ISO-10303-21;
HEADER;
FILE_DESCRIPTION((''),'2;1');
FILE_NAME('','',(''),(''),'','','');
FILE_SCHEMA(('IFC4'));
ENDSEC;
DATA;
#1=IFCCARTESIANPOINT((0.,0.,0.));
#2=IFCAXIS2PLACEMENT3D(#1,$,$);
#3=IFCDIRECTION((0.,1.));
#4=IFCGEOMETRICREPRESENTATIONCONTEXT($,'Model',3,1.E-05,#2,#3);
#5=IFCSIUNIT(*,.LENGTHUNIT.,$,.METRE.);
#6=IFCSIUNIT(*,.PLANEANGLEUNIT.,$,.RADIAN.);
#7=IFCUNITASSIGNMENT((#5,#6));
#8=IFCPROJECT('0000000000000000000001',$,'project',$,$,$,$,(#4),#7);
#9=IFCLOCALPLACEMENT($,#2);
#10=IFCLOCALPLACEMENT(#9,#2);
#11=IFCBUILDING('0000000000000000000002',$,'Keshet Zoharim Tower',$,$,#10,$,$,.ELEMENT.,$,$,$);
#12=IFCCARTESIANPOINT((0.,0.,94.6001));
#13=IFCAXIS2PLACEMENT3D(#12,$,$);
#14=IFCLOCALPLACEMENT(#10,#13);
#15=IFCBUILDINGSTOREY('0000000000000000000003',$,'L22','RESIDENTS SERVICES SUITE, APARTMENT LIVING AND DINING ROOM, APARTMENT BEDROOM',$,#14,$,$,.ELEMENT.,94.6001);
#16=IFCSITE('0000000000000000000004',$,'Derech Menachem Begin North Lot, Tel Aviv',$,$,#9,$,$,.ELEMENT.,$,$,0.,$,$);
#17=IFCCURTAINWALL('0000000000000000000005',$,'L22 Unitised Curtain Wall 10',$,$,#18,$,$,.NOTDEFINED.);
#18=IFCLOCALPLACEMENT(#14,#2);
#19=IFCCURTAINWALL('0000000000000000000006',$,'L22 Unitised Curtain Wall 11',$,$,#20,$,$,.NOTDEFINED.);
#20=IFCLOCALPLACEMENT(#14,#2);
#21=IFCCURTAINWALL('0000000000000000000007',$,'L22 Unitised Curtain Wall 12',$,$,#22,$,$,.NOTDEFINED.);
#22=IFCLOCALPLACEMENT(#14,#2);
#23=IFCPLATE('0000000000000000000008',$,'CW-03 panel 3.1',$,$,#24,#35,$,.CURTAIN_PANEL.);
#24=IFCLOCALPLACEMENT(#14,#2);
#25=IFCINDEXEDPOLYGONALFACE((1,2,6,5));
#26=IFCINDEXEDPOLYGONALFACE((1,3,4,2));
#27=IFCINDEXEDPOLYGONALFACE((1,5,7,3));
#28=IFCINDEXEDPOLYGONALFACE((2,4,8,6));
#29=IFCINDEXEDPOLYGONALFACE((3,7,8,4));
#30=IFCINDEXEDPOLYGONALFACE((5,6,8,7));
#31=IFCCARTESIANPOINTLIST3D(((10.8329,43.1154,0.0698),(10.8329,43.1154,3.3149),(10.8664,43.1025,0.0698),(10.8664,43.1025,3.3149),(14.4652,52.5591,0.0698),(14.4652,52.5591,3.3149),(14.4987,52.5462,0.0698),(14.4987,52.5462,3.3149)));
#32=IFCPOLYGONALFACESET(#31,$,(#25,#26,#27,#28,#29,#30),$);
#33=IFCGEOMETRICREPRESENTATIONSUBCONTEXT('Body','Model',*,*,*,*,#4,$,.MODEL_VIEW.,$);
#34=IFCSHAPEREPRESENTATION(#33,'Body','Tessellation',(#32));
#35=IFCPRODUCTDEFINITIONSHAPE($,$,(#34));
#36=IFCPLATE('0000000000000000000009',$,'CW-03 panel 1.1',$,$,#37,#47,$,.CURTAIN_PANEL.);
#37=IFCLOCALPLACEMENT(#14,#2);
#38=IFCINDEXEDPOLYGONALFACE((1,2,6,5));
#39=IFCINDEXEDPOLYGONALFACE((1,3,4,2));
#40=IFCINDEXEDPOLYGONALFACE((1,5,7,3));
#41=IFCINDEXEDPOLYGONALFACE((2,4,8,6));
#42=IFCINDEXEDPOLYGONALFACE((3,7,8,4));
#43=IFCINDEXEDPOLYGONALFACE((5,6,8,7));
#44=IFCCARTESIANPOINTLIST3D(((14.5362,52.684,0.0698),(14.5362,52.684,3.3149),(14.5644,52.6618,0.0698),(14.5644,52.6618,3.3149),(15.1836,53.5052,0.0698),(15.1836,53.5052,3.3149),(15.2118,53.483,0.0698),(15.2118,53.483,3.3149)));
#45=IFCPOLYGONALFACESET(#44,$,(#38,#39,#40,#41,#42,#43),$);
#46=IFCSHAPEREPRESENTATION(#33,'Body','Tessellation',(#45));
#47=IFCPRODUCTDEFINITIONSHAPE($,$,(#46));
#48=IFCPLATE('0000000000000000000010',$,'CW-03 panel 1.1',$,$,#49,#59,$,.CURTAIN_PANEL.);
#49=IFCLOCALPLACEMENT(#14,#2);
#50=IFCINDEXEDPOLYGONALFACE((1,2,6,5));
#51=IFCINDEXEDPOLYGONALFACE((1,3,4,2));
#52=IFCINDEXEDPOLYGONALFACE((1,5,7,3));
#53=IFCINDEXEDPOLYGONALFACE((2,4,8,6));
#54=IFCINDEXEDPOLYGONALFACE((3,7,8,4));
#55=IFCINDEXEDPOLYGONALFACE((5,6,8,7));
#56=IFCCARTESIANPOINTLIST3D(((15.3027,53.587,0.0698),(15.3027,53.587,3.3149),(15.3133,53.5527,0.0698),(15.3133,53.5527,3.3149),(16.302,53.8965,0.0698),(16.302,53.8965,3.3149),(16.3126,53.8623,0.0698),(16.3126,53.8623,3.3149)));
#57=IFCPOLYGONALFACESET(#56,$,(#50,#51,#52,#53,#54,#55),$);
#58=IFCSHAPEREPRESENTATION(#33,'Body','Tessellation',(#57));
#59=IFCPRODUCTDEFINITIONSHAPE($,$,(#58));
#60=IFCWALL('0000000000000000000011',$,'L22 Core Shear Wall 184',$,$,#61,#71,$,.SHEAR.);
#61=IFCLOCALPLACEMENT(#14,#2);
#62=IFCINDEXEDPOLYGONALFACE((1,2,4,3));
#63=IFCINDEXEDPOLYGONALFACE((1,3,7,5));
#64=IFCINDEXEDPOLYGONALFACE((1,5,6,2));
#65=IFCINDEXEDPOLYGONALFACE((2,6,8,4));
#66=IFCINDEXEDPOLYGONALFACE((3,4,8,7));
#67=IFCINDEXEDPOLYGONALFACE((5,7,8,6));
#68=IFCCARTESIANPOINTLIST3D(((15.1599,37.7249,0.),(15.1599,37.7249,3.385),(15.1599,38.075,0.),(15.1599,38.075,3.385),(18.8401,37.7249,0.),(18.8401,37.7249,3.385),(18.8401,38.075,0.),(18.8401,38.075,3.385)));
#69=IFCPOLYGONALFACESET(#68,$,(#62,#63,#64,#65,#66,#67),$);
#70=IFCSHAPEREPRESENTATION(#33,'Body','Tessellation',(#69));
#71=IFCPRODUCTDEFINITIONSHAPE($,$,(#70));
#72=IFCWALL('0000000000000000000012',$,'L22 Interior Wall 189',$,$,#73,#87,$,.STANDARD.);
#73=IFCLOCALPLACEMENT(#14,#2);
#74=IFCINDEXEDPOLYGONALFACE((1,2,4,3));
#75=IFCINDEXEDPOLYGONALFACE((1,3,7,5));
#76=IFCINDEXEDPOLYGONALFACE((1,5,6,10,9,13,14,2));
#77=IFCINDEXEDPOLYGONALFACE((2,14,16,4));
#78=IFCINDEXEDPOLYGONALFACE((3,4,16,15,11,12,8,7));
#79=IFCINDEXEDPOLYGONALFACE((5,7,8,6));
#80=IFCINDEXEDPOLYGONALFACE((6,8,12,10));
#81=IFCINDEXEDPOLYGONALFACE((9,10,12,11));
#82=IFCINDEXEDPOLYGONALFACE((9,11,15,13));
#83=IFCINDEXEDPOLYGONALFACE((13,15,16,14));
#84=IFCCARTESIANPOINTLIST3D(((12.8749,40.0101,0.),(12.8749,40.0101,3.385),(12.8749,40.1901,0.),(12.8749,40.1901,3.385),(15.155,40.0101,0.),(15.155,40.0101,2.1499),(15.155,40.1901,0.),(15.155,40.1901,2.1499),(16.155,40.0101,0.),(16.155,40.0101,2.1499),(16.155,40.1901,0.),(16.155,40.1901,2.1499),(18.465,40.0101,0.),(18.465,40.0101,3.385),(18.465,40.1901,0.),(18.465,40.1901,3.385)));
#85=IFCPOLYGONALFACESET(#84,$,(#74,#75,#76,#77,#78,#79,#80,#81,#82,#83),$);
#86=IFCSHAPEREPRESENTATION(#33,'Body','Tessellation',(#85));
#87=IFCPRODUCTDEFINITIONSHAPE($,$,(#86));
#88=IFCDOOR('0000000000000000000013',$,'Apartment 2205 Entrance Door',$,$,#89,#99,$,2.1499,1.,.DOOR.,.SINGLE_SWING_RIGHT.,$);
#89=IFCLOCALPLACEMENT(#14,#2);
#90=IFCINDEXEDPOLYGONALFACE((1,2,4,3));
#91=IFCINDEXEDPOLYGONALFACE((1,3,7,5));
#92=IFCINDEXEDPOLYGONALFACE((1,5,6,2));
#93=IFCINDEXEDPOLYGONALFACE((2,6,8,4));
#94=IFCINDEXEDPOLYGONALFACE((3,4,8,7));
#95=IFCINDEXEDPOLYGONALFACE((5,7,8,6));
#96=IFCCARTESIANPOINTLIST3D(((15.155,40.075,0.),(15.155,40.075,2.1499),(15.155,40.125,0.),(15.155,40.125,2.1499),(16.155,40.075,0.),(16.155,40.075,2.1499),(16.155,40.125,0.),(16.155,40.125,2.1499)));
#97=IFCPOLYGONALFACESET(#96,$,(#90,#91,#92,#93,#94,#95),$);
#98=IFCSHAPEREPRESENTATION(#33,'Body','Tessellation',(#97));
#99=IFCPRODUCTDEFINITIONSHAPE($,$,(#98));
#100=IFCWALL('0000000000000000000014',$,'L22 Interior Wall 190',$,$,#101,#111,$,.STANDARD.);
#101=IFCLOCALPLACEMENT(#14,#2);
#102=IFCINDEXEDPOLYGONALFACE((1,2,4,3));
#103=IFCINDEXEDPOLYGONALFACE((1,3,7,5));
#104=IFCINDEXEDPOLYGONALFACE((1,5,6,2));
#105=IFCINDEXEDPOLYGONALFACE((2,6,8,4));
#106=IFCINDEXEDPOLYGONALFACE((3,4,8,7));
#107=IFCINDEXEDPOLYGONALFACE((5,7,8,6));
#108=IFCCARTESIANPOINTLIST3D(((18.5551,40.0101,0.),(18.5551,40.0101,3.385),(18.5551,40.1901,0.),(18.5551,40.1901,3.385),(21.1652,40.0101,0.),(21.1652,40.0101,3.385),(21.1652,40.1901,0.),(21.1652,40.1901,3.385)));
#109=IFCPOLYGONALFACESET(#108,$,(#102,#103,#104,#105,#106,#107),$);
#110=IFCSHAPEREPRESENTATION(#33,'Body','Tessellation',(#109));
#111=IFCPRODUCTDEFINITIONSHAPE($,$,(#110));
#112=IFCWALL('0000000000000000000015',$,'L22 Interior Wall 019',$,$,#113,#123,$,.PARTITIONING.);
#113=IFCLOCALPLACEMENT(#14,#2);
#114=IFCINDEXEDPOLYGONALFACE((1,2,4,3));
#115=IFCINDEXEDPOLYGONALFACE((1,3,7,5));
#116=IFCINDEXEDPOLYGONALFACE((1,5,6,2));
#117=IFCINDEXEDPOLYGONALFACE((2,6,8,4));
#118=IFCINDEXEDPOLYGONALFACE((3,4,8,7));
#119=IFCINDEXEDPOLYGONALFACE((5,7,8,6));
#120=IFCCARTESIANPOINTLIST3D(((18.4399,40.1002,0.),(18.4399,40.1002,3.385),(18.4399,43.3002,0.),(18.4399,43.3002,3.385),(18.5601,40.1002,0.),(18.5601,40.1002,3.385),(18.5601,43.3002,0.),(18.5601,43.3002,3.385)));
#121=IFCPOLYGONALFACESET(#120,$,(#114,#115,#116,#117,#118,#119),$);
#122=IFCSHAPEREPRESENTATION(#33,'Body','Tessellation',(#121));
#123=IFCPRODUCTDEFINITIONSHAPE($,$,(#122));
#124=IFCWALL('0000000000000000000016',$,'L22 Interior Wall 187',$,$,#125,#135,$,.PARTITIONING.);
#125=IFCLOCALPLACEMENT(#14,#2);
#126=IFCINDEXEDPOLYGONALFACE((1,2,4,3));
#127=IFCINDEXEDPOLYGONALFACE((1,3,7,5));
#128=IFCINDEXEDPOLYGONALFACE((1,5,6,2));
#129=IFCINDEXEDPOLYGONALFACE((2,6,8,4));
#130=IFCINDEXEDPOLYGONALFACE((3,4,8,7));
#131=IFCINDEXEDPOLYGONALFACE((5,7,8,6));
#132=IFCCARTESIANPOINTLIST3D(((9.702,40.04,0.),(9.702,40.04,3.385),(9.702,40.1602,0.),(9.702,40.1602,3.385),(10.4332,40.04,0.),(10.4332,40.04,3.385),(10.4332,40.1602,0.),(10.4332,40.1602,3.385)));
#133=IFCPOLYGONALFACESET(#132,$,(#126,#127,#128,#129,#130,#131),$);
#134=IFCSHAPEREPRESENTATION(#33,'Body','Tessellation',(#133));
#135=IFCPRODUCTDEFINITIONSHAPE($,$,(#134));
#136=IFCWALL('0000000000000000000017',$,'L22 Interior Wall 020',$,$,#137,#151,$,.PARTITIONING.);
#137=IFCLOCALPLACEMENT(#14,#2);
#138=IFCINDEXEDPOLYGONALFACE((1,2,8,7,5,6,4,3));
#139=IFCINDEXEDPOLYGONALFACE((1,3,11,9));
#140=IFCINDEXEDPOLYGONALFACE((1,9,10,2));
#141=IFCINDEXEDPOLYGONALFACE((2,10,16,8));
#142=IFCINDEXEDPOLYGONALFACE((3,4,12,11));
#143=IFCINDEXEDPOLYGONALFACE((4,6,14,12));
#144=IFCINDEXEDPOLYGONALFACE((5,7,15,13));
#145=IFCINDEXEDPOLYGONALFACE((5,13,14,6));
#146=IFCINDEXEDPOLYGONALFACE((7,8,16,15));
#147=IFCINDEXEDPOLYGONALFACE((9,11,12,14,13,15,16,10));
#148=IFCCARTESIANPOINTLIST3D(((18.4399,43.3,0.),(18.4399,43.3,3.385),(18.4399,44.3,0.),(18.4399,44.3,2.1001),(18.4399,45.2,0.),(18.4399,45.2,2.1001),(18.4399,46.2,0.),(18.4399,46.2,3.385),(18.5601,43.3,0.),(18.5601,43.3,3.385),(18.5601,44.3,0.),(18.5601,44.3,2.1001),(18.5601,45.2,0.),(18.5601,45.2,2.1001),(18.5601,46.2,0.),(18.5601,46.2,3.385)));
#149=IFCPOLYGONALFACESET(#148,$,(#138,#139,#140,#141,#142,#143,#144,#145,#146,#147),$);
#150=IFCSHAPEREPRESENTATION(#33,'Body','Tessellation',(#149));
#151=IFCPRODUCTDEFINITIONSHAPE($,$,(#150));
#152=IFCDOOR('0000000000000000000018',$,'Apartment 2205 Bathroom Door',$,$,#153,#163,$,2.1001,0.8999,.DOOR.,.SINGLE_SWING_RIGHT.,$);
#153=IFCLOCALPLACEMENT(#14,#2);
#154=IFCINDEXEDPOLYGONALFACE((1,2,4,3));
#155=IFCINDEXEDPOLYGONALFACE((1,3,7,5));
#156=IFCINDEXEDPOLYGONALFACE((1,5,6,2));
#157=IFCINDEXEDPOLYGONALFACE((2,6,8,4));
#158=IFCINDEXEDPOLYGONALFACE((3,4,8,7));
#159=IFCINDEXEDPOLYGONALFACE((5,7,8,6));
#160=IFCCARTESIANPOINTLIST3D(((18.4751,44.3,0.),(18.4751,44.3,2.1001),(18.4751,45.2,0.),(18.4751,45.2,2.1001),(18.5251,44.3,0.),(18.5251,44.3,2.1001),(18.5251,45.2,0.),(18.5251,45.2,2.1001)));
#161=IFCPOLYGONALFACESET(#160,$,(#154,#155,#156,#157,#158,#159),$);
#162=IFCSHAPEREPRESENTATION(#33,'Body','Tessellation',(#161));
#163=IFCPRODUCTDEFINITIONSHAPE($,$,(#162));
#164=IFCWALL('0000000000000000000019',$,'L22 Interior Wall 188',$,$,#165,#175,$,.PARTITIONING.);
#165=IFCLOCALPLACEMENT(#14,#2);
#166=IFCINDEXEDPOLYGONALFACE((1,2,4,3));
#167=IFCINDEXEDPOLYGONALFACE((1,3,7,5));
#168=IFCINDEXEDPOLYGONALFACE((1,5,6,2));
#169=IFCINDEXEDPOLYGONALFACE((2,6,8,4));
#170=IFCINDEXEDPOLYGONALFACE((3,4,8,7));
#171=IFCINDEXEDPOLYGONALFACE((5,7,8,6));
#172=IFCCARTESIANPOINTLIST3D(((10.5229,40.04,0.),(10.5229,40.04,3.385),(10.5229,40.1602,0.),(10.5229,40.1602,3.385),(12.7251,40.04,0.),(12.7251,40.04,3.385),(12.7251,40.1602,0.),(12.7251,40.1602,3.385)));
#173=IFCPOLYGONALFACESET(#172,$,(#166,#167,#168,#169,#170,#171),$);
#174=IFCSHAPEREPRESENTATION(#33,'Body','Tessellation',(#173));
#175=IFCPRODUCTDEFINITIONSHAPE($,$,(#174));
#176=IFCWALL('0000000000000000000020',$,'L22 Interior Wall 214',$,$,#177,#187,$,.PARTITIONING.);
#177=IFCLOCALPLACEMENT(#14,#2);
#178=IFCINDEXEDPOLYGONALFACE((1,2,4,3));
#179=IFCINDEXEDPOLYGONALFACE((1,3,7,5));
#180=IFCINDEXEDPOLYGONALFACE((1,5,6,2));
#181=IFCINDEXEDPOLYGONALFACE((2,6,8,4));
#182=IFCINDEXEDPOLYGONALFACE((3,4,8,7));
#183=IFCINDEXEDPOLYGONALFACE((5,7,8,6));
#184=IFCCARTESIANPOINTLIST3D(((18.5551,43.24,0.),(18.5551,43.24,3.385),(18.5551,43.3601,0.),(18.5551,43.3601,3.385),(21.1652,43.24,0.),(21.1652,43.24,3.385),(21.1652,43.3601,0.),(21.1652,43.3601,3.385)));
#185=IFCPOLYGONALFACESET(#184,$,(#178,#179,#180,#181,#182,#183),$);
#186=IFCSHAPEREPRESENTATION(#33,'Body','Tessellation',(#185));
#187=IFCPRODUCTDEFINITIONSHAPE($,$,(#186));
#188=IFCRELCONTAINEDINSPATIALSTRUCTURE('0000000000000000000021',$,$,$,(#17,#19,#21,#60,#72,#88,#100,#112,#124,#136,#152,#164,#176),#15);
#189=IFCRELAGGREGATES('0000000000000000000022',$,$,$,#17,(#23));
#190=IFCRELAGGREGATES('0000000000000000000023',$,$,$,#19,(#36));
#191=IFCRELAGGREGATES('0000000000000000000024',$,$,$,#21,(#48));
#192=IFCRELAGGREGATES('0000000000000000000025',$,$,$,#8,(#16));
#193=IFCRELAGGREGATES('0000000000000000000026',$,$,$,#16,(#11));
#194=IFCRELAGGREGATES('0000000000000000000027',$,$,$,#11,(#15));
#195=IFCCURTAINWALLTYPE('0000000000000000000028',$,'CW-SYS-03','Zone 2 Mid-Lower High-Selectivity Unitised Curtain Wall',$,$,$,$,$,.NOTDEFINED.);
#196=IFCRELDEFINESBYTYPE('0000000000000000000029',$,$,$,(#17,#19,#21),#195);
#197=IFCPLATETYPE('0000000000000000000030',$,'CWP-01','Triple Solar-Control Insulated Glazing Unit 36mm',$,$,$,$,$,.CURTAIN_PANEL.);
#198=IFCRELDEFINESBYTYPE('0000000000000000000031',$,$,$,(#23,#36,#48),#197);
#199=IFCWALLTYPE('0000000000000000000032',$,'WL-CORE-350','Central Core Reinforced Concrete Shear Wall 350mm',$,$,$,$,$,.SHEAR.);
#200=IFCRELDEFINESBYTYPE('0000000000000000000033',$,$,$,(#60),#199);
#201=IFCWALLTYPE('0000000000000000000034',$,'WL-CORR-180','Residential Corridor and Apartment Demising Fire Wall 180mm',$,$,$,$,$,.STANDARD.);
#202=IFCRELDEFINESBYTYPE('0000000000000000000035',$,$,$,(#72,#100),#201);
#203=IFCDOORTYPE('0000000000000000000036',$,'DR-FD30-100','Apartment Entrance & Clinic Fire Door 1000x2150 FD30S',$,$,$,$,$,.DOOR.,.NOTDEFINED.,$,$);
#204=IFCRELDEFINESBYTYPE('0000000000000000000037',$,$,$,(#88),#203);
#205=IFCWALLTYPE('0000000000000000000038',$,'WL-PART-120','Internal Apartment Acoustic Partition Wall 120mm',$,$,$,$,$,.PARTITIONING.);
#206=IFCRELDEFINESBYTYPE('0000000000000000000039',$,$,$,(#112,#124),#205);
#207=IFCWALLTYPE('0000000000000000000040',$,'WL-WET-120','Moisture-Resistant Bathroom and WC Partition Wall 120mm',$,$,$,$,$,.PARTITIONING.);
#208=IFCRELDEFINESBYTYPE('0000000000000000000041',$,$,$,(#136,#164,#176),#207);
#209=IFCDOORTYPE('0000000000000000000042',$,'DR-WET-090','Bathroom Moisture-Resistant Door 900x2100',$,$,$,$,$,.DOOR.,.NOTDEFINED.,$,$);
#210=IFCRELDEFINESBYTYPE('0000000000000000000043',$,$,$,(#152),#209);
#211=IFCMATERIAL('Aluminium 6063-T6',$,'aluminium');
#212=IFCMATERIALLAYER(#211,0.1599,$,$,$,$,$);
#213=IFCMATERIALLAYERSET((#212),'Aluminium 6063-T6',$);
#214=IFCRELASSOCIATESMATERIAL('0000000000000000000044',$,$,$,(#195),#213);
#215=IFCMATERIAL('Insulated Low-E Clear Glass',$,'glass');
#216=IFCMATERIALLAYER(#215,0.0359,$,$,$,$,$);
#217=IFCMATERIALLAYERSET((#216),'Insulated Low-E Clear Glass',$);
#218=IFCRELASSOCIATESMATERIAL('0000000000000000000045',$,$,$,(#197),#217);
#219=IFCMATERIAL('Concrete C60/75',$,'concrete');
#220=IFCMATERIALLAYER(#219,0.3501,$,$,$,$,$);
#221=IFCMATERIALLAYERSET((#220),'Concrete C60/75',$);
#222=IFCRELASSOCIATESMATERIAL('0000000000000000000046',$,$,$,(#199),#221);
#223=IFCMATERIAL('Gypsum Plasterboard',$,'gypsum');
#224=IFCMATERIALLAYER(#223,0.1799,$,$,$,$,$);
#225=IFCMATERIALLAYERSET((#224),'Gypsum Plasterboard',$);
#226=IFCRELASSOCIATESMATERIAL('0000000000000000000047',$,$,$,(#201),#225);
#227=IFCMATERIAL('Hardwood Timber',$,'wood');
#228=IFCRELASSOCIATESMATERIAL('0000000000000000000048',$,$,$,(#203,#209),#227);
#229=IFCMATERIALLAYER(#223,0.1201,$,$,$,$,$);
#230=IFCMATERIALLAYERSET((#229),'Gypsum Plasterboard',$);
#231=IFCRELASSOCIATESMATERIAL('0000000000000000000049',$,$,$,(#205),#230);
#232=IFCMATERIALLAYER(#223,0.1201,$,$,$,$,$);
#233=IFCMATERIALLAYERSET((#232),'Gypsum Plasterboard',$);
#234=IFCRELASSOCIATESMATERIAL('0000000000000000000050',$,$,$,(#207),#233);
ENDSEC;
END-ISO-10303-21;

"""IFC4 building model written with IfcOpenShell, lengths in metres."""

from ifc_helpers import new_model, si_unit, direction, frame, frame_2d, origin, origin_2d, place, context, subcontext, project, spatial, rectangle, extrude, material, layer, layer_set, type_object, element, fill, aggregate, save


model = new_model("IFC4")

# Units and contexts
model_context = context("Model", 3, precision=1e-05, world=origin(), true_north=direction((0.0, 1.0)))
body_context = subcontext(model_context, "Body", "Model", "MODEL_VIEW")
ifc_project = project(units=[si_unit("LENGTHUNIT", "METRE"), si_unit("PLANEANGLEUNIT", "RADIAN")], contexts=[model_context])

# Site, building, storey
site_placement = place(None, origin())
site = spatial("IfcSite", under=ifc_project, at=site_placement, Name="Derech Menachem Begin North Lot, Tel Aviv", CompositionType="ELEMENT", RefElevation=0.0)
building_placement = place(site_placement, origin())
building = spatial("IfcBuilding", under=site, at=building_placement, Name="Keshet Zoharim Tower", CompositionType="ELEMENT")
storey_placement = place(building_placement, frame((0.0, 0.0, 94.6001)))
storey = spatial("IfcBuildingStorey", under=building, at=storey_placement, Name="L22", Description="RESIDENTS SERVICES SUITE, APARTMENT LIVING AND DINING ROOM, APARTMENT BEDROOM", CompositionType="ELEMENT", Elevation=94.6001)

# Curtain walls
ifc_material_1 = material(Name="Aluminium 6063-T6", Category="aluminium")
ifc_layer_1 = layer(ifc_material_1, 0.1599)
ifc_layer_set_1 = layer_set([ifc_layer_1], Name="Aluminium 6063-T6")
curtain_wall_type = type_object("IfcCurtainWallType", Name="CW-SYS-03", Description="Zone 2 Mid-Lower High-Selectivity Unitised Curtain Wall", PredefinedType="NOTDEFINED", material=ifc_layer_set_1)
curtain_wall_1_placement = place(storey_placement, origin())
curtain_wall_1 = element("IfcCurtainWall", 1, at=curtain_wall_1_placement, inside=storey, type_object=curtain_wall_type, Name="L22 Unitised Curtain Wall 10", PredefinedType="NOTDEFINED")
curtain_wall_2_placement = place(storey_placement, origin())
curtain_wall_2 = element("IfcCurtainWall", 2, at=curtain_wall_2_placement, inside=storey, type_object=curtain_wall_type, Name="L22 Unitised Curtain Wall 11", PredefinedType="NOTDEFINED")
curtain_wall_3_placement = place(storey_placement, origin())
curtain_wall_3 = element("IfcCurtainWall", 3, at=curtain_wall_3_placement, inside=storey, type_object=curtain_wall_type, Name="L22 Unitised Curtain Wall 12", PredefinedType="NOTDEFINED")

# Plates
ifc_material_2 = material(Name="Insulated Low-E Clear Glass", Category="glass")
ifc_layer_2 = layer(ifc_material_2, 0.0359)
ifc_layer_set_2 = layer_set([ifc_layer_2], Name="Insulated Low-E Clear Glass")
plate_type = type_object("IfcPlateType", Name="CWP-01", Description="Triple Solar-Control Insulated Glazing Unit 36mm", PredefinedType="CURTAIN_PANEL", material=ifc_layer_set_2)
plate_1_placement = place(storey_placement, frame((12.6658, 47.8308, 0.0698), z_axis=(0.0, 0.0, 1.0), x_axis=(0.35899, 0.933341, 0.0)))
plate_1 = element("IfcPlate", 4, at=plate_1_placement, type_object=plate_type, Name="CW-03 panel 3.1", PredefinedType="CURTAIN_PANEL", context=body_context, shape_type="SweptSolid", body=[
    extrude(rectangle(XDim=10.1182, YDim=0.0359, at=origin_2d()), origin(), (0.0, 0.0, 1.0), 3.2451),
])
aggregate(curtain_wall_1, [plate_1])
plate_2_placement = place(storey_placement, frame((14.874, 53.0835, 0.0698), z_axis=(0.0, 0.0, 1.0), x_axis=(0.619125, 0.785293, 0.0)))
plate_2 = element("IfcPlate", 5, at=plate_2_placement, type_object=plate_type, Name="CW-03 panel 1.1", PredefinedType="CURTAIN_PANEL", context=body_context, shape_type="SweptSolid", body=[
    extrude(rectangle(XDim=1.0457, YDim=0.0359, at=origin_2d()), origin(), (0.0, 0.0, 1.0), 3.2451),
])
aggregate(curtain_wall_2, [plate_2])
plate_3_placement = place(storey_placement, frame((15.8076, 53.7246, 0.0698), z_axis=(0.0, 0.0, 1.0), x_axis=(0.955212, 0.295922, 0.0)))
plate_3 = element("IfcPlate", 6, at=plate_3_placement, type_object=plate_type, Name="CW-03 panel 1.1", PredefinedType="CURTAIN_PANEL", context=body_context, shape_type="SweptSolid", body=[
    extrude(rectangle(XDim=1.0461, YDim=0.0359, at=origin_2d()), origin(), (0.0, 0.0, 1.0), 3.2451),
])
aggregate(curtain_wall_3, [plate_3])

# Wall
ifc_material_3 = material(Name="Concrete C60/75", Category="concrete")
ifc_layer_3 = layer(ifc_material_3, 0.3501)
ifc_layer_set_3 = layer_set([ifc_layer_3], Name="Concrete C60/75")
wall_type_1 = type_object("IfcWallType", Name="WL-CORE-350", Description="Central Core Reinforced Concrete Shear Wall 350mm", PredefinedType="SHEAR", material=ifc_layer_set_3)
wall_1_placement = place(storey_placement, frame((15.1599, 37.8999, 0.0), z_axis=(0.0, 0.0, 1.0), x_axis=(1.0, 0.0, 0.0)))
element("IfcWall", 7, at=wall_1_placement, inside=storey, type_object=wall_type_1, Name="L22 Core Shear Wall 184", PredefinedType="SHEAR", context=body_context, shape_type="SweptSolid", body=[
    extrude(rectangle(XDim=3.6802, YDim=0.3501, at=frame_2d((1.8401, 0.0))), origin(), (0.0, 0.0, 1.0), 3.385),
])

# Wall, opening, door
ifc_material_4 = material(Name="Gypsum Plasterboard", Category="gypsum")
ifc_layer_4 = layer(ifc_material_4, 0.1799)
ifc_layer_set_4 = layer_set([ifc_layer_4], Name="Gypsum Plasterboard")
wall_type_2 = type_object("IfcWallType", Name="WL-CORR-180", Description="Residential Corridor and Apartment Demising Fire Wall 180mm", PredefinedType="STANDARD", material=ifc_layer_set_4)
wall_2_placement = place(storey_placement, frame((12.875, 40.1001, 0.0), z_axis=(0.0, 0.0, 1.0), x_axis=(1.0, 0.0, 0.0)))
wall_2 = element("IfcWall", 8, at=wall_2_placement, inside=storey, type_object=wall_type_2, Name="L22 Interior Wall 189", PredefinedType="STANDARD", context=body_context, shape_type="SweptSolid", body=[
    extrude(rectangle(XDim=5.5901, YDim=0.1799, at=frame_2d((2.7949, 0.0))), origin(), (0.0, 0.0, 1.0), 3.385),
])
opening_1_placement = place(wall_2_placement, frame((2.28, 0.0, 0.0)))
opening_1 = element("IfcOpeningElement", 9, at=opening_1_placement, cuts=wall_2, PredefinedType="OPENING", context=body_context, shape_type="SweptSolid", body=[
    extrude(rectangle(XDim=1.0, YDim=2.1499, at=frame_2d((0.5, 1.075))), frame((0.0, 0.1001, 0.0), z_axis=(0.0, -1.0, 0.0), x_axis=(1.0, 0.0, 0.0)), (0.0, 0.0, 1.0), 0.2),
])
ifc_material_5 = material(Name="Hardwood Timber", Category="wood")
door_type_1 = type_object("IfcDoorType", Name="DR-FD30-100", Description="Apartment Entrance & Clinic Fire Door 1000x2150 FD30S", OperationType="NOTDEFINED", PredefinedType="DOOR", material=ifc_material_5)
door_1_placement = place(opening_1_placement, origin())
door_1 = element("IfcDoor", 10, at=door_1_placement, inside=storey, type_object=door_type_1, Name="Apartment 2205 Entrance Door", OperationType="SINGLE_SWING_RIGHT", OverallHeight=2.1499, OverallWidth=1.0, PredefinedType="DOOR", context=body_context, shape_type="SweptSolid", body=[
    extrude(rectangle(XDim=1.0, YDim=2.1499, at=frame_2d((0.5, 1.075))), frame((0.0, 0.0249, 0.0), z_axis=(0.0, -1.0, 0.0), x_axis=(1.0, 0.0, 0.0)), (0.0, 0.0, 1.0), 0.05),
])
fill(opening_1, door_1)

# Walls
wall_3_placement = place(storey_placement, frame((18.5549, 40.1001, 0.0), z_axis=(0.0, 0.0, 1.0), x_axis=(1.0, 0.0, 0.0)))
element("IfcWall", 11, at=wall_3_placement, inside=storey, type_object=wall_type_2, Name="L22 Interior Wall 190", PredefinedType="STANDARD", context=body_context, shape_type="SweptSolid", body=[
    extrude(rectangle(XDim=2.6101, YDim=0.1799, at=frame_2d((1.3052, 0.0))), origin(), (0.0, 0.0, 1.0), 3.385),
])
ifc_layer_5 = layer(ifc_material_4, 0.1201)
ifc_layer_set_5 = layer_set([ifc_layer_5], Name="Gypsum Plasterboard")
wall_type_3 = type_object("IfcWallType", Name="WL-PART-120", Description="Internal Apartment Acoustic Partition Wall 120mm", PredefinedType="PARTITIONING", material=ifc_layer_set_5)
wall_4_placement = place(storey_placement, frame((18.5, 40.1001, 0.0), z_axis=(0.0, 0.0, 1.0), x_axis=(0.0, 1.0, 0.0)))
element("IfcWall", 12, at=wall_4_placement, inside=storey, type_object=wall_type_3, Name="L22 Interior Wall 019", PredefinedType="PARTITIONING", context=body_context, shape_type="SweptSolid", body=[
    extrude(rectangle(XDim=3.2, YDim=0.1201, at=frame_2d((1.6001, 0.0))), origin(), (0.0, 0.0, 1.0), 3.385),
])
wall_5_placement = place(storey_placement, frame((9.7019, 40.1001, 0.0), z_axis=(0.0, 0.0, 1.0), x_axis=(1.0, 0.0, 0.0)))
element("IfcWall", 13, at=wall_5_placement, inside=storey, type_object=wall_type_3, Name="L22 Interior Wall 187", PredefinedType="PARTITIONING", context=body_context, shape_type="SweptSolid", body=[
    extrude(rectangle(XDim=0.7312, YDim=0.1201, at=frame_2d((0.3657, 0.0))), origin(), (0.0, 0.0, 1.0), 3.385),
])

# Wall, opening, door
ifc_layer_6 = layer(ifc_material_4, 0.1201)
ifc_layer_set_6 = layer_set([ifc_layer_6], Name="Gypsum Plasterboard")
wall_type_4 = type_object("IfcWallType", Name="WL-WET-120", Description="Moisture-Resistant Bathroom and WC Partition Wall 120mm", PredefinedType="PARTITIONING", material=ifc_layer_set_6)
wall_6_placement = place(storey_placement, frame((18.5, 43.3, 0.0), z_axis=(0.0, 0.0, 1.0), x_axis=(0.0, 1.0, 0.0)))
wall_6 = element("IfcWall", 14, at=wall_6_placement, inside=storey, type_object=wall_type_4, Name="L22 Interior Wall 020", PredefinedType="PARTITIONING", context=body_context, shape_type="SweptSolid", body=[
    extrude(rectangle(XDim=2.8999, YDim=0.1201, at=frame_2d((1.45, 0.0))), origin(), (0.0, 0.0, 1.0), 3.385),
])
opening_2_placement = place(wall_6_placement, frame((1.0, 0.0, 0.0)))
opening_2 = element("IfcOpeningElement", 15, at=opening_2_placement, cuts=wall_6, PredefinedType="OPENING", context=body_context, shape_type="SweptSolid", body=[
    extrude(rectangle(XDim=0.8999, YDim=2.1001, at=frame_2d((0.45, 1.05))), frame((0.0, 0.0701, 0.0), z_axis=(0.0, -1.0, 0.0), x_axis=(1.0, 0.0, 0.0)), (0.0, 0.0, 1.0), 0.1401),
])
door_type_2 = type_object("IfcDoorType", Name="DR-WET-090", Description="Bathroom Moisture-Resistant Door 900x2100", OperationType="NOTDEFINED", PredefinedType="DOOR", material=ifc_material_5)
door_2_placement = place(opening_2_placement, origin())
door_2 = element("IfcDoor", 16, at=door_2_placement, inside=storey, type_object=door_type_2, Name="Apartment 2205 Bathroom Door", OperationType="SINGLE_SWING_RIGHT", OverallHeight=2.1001, OverallWidth=0.8999, PredefinedType="DOOR", context=body_context, shape_type="SweptSolid", body=[
    extrude(rectangle(XDim=0.8999, YDim=2.1001, at=frame_2d((0.45, 1.05))), frame((0.0, 0.0249, 0.0), z_axis=(0.0, -1.0, 0.0), x_axis=(1.0, 0.0, 0.0)), (0.0, 0.0, 1.0), 0.05),
])
fill(opening_2, door_2)

# Walls
wall_7_placement = place(storey_placement, frame((10.5229, 40.1001, 0.0), z_axis=(0.0, 0.0, 1.0), x_axis=(1.0, 0.0, 0.0)))
element("IfcWall", 17, at=wall_7_placement, inside=storey, type_object=wall_type_4, Name="L22 Interior Wall 188", PredefinedType="PARTITIONING", context=body_context, shape_type="SweptSolid", body=[
    extrude(rectangle(XDim=2.2021, YDim=0.1201, at=frame_2d((1.1011, 0.0))), origin(), (0.0, 0.0, 1.0), 3.385),
])
wall_8_placement = place(storey_placement, frame((18.5549, 43.3, 0.0), z_axis=(0.0, 0.0, 1.0), x_axis=(1.0, 0.0, 0.0)))
element("IfcWall", 18, at=wall_8_placement, inside=storey, type_object=wall_type_4, Name="L22 Interior Wall 214", PredefinedType="PARTITIONING", context=body_context, shape_type="SweptSolid", body=[
    extrude(rectangle(XDim=2.6101, YDim=0.1201, at=frame_2d((1.3052, 0.0))), origin(), (0.0, 0.0, 1.0), 3.385),
])

save(model, "model.ifc")
